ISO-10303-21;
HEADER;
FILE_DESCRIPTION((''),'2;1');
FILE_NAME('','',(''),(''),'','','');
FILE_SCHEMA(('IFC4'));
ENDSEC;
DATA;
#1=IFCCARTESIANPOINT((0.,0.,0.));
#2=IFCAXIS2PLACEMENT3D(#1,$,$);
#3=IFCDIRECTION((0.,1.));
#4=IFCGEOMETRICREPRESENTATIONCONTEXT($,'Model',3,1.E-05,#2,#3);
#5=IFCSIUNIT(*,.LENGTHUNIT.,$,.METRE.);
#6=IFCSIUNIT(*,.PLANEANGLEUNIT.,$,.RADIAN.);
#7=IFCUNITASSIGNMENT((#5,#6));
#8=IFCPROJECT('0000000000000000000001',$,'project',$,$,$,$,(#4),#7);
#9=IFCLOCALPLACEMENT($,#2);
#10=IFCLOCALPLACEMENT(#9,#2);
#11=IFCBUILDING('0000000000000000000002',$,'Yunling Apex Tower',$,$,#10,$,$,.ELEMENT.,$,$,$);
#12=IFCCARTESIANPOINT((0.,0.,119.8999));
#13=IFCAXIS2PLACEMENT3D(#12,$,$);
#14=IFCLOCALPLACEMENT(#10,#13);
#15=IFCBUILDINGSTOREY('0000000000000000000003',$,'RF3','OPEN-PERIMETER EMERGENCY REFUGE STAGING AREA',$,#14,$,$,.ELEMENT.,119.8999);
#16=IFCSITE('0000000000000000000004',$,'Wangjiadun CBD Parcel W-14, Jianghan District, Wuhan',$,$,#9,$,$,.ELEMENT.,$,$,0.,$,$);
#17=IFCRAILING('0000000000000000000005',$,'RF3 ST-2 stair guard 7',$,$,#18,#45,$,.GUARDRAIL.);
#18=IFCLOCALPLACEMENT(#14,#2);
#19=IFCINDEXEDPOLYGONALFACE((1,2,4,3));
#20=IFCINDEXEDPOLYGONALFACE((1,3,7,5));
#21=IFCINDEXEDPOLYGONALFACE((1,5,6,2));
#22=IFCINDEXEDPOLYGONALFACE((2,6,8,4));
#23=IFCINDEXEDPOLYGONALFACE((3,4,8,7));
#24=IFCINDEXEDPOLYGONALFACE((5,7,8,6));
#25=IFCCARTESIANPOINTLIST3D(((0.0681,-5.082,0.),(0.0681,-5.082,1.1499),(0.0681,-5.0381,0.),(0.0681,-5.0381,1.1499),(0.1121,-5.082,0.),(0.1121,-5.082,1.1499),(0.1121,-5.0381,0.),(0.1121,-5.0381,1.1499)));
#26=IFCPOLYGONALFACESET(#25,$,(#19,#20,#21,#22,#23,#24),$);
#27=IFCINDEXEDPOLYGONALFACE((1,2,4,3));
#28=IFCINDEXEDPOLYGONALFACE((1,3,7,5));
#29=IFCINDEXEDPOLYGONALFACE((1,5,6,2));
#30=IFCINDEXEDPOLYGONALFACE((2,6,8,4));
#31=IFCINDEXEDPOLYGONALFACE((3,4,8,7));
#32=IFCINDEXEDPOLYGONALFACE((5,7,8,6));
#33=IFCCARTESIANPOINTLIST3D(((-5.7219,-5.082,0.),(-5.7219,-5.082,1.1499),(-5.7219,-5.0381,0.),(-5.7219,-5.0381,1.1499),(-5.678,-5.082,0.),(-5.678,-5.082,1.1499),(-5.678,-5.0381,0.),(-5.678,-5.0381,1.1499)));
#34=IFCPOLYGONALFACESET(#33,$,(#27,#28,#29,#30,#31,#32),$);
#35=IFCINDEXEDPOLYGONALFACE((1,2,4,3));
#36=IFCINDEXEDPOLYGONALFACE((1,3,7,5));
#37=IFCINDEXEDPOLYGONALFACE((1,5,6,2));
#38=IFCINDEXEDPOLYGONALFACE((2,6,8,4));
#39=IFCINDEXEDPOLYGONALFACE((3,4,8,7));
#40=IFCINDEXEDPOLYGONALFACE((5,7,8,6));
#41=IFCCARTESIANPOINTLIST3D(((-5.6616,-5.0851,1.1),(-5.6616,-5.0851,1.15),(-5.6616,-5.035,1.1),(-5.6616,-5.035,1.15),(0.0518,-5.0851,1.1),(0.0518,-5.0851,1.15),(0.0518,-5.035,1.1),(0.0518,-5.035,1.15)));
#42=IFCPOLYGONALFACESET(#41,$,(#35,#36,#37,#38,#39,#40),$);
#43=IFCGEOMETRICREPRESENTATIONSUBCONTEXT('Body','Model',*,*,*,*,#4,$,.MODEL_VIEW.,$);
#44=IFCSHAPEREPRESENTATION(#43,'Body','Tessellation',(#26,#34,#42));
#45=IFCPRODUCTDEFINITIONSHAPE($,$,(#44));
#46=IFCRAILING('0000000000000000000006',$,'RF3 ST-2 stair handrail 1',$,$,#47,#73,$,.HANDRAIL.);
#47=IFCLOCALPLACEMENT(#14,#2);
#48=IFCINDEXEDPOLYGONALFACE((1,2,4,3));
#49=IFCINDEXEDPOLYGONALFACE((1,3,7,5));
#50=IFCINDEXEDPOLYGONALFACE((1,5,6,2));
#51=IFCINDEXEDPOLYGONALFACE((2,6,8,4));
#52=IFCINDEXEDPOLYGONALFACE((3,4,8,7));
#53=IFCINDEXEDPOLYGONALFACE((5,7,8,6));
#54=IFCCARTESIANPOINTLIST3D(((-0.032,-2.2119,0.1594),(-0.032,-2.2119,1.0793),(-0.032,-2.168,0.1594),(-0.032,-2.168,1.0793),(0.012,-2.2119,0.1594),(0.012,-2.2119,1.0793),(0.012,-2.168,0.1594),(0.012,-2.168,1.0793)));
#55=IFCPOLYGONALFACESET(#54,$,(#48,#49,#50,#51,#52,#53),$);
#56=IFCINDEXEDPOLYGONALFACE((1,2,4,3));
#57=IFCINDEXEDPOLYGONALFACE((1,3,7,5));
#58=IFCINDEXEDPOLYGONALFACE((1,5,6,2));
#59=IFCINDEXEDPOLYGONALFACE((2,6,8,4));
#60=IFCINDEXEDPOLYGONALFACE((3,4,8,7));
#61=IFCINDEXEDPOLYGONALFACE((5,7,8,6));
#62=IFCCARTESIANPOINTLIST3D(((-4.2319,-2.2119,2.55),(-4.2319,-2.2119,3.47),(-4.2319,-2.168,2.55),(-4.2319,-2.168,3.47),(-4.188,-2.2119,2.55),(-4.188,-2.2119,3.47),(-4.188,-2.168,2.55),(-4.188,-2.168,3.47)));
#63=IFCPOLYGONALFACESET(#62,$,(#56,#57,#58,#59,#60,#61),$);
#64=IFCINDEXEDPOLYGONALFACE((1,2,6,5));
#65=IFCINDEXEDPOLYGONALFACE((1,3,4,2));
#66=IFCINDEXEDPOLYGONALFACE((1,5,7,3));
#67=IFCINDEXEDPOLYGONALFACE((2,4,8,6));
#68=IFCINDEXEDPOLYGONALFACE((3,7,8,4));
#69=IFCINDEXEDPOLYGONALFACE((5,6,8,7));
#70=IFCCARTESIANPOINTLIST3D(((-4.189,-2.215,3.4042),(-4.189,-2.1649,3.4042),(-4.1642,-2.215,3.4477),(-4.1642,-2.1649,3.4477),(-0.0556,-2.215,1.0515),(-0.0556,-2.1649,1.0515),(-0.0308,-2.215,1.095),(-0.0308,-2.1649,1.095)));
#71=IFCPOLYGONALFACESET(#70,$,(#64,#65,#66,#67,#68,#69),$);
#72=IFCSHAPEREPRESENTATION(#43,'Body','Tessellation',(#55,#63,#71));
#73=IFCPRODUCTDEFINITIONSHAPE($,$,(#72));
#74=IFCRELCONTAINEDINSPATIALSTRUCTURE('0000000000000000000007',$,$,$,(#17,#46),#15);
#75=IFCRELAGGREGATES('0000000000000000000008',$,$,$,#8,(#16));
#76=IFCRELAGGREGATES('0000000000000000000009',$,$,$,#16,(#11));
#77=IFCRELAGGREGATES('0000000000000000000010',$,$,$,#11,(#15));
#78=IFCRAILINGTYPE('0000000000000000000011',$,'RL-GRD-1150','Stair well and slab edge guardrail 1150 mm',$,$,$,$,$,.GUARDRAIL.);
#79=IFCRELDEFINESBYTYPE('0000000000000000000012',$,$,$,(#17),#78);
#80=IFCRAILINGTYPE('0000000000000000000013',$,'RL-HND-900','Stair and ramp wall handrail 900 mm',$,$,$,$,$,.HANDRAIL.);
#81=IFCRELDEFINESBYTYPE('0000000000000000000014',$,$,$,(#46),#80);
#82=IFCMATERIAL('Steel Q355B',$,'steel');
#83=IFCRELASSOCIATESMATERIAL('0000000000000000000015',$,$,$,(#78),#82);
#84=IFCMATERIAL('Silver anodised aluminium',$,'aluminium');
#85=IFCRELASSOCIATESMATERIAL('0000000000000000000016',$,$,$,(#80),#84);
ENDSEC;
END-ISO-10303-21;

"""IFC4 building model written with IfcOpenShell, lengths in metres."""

from ifc_helpers import new_model, si_unit, direction, frame, origin, origin_2d, place, context, subcontext, project, spatial, rectangle, extrude, material, type_object, element, save


model = new_model("IFC4")

# Units and contexts
model_context = context("Model", 3, precision=1e-05, world=origin(), true_north=direction((0.0, 1.0)))
body_context = subcontext(model_context, "Body", "Model", "MODEL_VIEW")
ifc_project = project(units=[si_unit("LENGTHUNIT", "METRE"), si_unit("PLANEANGLEUNIT", "RADIAN")], contexts=[model_context])

# Site, building, storey
site_placement = place(None, origin())
site = spatial("IfcSite", under=ifc_project, at=site_placement, Name="Wangjiadun CBD Parcel W-14, Jianghan District, Wuhan", CompositionType="ELEMENT", RefElevation=0.0)
building_placement = place(site_placement, origin())
building = spatial("IfcBuilding", under=site, at=building_placement, Name="Yunling Apex Tower", CompositionType="ELEMENT")
storey_placement = place(building_placement, frame((0.0, 0.0, 119.8999)))
storey = spatial("IfcBuildingStorey", under=building, at=storey_placement, Name="RF3", Description="OPEN-PERIMETER EMERGENCY REFUGE STAGING AREA", CompositionType="ELEMENT", Elevation=119.8999)

# Shared definitions
ifc_material_1 = material(Name="Steel Q355B", Category="steel")

# Railings
railing_type_1 = type_object("IfcRailingType", Name="RL-GRD-1150", Description="Stair well and slab edge guardrail 1150 mm", PredefinedType="GUARDRAIL", material=ifc_material_1)
railing_1_placement = place(storey_placement, frame((0.0901, -5.0601, 0.0)))
element("IfcRailing", 1, at=railing_1_placement, inside=storey, type_object=railing_type_1, Name="RF3 ST-2 stair guard 7", PredefinedType="GUARDRAIL", context=body_context, shape_type="SweptSolid", body=[
    extrude(rectangle(XDim=0.0439, YDim=0.0439, at=origin_2d()), origin(), (0.0, 0.0, 1.0), 1.1499),
    extrude(rectangle(XDim=0.0439, YDim=0.0439, at=origin_2d()), frame((-5.79, 0.0, 0.0)), (0.0, 0.0, 1.0), 1.1499),
    extrude(rectangle(XDim=0.05, YDim=0.05, at=origin_2d()), frame((-0.0383, 0.0, 1.125), z_axis=(-1.0, 0.0, 0.0), x_axis=(0.0, -1.0, 0.0)), (0.0, 0.0, 1.0), 5.7134),
])
ifc_material_2 = material(Name="Silver anodised aluminium", Category="aluminium")
railing_type_2 = type_object("IfcRailingType", Name="RL-HND-900", Description="Stair and ramp wall handrail 900 mm", PredefinedType="HANDRAIL", material=ifc_material_2)
railing_2_placement = place(storey_placement, frame((-0.01, -2.1899, 0.1594)))
element("IfcRailing", 2, at=railing_2_placement, inside=storey, type_object=railing_type_2, Name="RF3 ST-2 stair handrail 1", PredefinedType="HANDRAIL", context=body_context, shape_type="SweptSolid", body=[
    extrude(rectangle(XDim=0.0439, YDim=0.0439, at=origin_2d()), origin(), (0.0, 0.0, 1.0), 0.9199),
    extrude(rectangle(XDim=0.0439, YDim=0.0439, at=origin_2d()), frame((-4.2, 0.0, 2.3906)), (0.0, 0.0, 1.0), 0.9199),
    extrude(rectangle(XDim=0.05, YDim=0.05, at=origin_2d()), frame((-0.0332, 0.0, 0.9138), z_axis=(-0.869075, 0.0, 0.49468), x_axis=(0.0, -1.0, 0.0)), (0.0, 0.0, 1.0), 4.7561),
])

save(model, "model.ifc")
